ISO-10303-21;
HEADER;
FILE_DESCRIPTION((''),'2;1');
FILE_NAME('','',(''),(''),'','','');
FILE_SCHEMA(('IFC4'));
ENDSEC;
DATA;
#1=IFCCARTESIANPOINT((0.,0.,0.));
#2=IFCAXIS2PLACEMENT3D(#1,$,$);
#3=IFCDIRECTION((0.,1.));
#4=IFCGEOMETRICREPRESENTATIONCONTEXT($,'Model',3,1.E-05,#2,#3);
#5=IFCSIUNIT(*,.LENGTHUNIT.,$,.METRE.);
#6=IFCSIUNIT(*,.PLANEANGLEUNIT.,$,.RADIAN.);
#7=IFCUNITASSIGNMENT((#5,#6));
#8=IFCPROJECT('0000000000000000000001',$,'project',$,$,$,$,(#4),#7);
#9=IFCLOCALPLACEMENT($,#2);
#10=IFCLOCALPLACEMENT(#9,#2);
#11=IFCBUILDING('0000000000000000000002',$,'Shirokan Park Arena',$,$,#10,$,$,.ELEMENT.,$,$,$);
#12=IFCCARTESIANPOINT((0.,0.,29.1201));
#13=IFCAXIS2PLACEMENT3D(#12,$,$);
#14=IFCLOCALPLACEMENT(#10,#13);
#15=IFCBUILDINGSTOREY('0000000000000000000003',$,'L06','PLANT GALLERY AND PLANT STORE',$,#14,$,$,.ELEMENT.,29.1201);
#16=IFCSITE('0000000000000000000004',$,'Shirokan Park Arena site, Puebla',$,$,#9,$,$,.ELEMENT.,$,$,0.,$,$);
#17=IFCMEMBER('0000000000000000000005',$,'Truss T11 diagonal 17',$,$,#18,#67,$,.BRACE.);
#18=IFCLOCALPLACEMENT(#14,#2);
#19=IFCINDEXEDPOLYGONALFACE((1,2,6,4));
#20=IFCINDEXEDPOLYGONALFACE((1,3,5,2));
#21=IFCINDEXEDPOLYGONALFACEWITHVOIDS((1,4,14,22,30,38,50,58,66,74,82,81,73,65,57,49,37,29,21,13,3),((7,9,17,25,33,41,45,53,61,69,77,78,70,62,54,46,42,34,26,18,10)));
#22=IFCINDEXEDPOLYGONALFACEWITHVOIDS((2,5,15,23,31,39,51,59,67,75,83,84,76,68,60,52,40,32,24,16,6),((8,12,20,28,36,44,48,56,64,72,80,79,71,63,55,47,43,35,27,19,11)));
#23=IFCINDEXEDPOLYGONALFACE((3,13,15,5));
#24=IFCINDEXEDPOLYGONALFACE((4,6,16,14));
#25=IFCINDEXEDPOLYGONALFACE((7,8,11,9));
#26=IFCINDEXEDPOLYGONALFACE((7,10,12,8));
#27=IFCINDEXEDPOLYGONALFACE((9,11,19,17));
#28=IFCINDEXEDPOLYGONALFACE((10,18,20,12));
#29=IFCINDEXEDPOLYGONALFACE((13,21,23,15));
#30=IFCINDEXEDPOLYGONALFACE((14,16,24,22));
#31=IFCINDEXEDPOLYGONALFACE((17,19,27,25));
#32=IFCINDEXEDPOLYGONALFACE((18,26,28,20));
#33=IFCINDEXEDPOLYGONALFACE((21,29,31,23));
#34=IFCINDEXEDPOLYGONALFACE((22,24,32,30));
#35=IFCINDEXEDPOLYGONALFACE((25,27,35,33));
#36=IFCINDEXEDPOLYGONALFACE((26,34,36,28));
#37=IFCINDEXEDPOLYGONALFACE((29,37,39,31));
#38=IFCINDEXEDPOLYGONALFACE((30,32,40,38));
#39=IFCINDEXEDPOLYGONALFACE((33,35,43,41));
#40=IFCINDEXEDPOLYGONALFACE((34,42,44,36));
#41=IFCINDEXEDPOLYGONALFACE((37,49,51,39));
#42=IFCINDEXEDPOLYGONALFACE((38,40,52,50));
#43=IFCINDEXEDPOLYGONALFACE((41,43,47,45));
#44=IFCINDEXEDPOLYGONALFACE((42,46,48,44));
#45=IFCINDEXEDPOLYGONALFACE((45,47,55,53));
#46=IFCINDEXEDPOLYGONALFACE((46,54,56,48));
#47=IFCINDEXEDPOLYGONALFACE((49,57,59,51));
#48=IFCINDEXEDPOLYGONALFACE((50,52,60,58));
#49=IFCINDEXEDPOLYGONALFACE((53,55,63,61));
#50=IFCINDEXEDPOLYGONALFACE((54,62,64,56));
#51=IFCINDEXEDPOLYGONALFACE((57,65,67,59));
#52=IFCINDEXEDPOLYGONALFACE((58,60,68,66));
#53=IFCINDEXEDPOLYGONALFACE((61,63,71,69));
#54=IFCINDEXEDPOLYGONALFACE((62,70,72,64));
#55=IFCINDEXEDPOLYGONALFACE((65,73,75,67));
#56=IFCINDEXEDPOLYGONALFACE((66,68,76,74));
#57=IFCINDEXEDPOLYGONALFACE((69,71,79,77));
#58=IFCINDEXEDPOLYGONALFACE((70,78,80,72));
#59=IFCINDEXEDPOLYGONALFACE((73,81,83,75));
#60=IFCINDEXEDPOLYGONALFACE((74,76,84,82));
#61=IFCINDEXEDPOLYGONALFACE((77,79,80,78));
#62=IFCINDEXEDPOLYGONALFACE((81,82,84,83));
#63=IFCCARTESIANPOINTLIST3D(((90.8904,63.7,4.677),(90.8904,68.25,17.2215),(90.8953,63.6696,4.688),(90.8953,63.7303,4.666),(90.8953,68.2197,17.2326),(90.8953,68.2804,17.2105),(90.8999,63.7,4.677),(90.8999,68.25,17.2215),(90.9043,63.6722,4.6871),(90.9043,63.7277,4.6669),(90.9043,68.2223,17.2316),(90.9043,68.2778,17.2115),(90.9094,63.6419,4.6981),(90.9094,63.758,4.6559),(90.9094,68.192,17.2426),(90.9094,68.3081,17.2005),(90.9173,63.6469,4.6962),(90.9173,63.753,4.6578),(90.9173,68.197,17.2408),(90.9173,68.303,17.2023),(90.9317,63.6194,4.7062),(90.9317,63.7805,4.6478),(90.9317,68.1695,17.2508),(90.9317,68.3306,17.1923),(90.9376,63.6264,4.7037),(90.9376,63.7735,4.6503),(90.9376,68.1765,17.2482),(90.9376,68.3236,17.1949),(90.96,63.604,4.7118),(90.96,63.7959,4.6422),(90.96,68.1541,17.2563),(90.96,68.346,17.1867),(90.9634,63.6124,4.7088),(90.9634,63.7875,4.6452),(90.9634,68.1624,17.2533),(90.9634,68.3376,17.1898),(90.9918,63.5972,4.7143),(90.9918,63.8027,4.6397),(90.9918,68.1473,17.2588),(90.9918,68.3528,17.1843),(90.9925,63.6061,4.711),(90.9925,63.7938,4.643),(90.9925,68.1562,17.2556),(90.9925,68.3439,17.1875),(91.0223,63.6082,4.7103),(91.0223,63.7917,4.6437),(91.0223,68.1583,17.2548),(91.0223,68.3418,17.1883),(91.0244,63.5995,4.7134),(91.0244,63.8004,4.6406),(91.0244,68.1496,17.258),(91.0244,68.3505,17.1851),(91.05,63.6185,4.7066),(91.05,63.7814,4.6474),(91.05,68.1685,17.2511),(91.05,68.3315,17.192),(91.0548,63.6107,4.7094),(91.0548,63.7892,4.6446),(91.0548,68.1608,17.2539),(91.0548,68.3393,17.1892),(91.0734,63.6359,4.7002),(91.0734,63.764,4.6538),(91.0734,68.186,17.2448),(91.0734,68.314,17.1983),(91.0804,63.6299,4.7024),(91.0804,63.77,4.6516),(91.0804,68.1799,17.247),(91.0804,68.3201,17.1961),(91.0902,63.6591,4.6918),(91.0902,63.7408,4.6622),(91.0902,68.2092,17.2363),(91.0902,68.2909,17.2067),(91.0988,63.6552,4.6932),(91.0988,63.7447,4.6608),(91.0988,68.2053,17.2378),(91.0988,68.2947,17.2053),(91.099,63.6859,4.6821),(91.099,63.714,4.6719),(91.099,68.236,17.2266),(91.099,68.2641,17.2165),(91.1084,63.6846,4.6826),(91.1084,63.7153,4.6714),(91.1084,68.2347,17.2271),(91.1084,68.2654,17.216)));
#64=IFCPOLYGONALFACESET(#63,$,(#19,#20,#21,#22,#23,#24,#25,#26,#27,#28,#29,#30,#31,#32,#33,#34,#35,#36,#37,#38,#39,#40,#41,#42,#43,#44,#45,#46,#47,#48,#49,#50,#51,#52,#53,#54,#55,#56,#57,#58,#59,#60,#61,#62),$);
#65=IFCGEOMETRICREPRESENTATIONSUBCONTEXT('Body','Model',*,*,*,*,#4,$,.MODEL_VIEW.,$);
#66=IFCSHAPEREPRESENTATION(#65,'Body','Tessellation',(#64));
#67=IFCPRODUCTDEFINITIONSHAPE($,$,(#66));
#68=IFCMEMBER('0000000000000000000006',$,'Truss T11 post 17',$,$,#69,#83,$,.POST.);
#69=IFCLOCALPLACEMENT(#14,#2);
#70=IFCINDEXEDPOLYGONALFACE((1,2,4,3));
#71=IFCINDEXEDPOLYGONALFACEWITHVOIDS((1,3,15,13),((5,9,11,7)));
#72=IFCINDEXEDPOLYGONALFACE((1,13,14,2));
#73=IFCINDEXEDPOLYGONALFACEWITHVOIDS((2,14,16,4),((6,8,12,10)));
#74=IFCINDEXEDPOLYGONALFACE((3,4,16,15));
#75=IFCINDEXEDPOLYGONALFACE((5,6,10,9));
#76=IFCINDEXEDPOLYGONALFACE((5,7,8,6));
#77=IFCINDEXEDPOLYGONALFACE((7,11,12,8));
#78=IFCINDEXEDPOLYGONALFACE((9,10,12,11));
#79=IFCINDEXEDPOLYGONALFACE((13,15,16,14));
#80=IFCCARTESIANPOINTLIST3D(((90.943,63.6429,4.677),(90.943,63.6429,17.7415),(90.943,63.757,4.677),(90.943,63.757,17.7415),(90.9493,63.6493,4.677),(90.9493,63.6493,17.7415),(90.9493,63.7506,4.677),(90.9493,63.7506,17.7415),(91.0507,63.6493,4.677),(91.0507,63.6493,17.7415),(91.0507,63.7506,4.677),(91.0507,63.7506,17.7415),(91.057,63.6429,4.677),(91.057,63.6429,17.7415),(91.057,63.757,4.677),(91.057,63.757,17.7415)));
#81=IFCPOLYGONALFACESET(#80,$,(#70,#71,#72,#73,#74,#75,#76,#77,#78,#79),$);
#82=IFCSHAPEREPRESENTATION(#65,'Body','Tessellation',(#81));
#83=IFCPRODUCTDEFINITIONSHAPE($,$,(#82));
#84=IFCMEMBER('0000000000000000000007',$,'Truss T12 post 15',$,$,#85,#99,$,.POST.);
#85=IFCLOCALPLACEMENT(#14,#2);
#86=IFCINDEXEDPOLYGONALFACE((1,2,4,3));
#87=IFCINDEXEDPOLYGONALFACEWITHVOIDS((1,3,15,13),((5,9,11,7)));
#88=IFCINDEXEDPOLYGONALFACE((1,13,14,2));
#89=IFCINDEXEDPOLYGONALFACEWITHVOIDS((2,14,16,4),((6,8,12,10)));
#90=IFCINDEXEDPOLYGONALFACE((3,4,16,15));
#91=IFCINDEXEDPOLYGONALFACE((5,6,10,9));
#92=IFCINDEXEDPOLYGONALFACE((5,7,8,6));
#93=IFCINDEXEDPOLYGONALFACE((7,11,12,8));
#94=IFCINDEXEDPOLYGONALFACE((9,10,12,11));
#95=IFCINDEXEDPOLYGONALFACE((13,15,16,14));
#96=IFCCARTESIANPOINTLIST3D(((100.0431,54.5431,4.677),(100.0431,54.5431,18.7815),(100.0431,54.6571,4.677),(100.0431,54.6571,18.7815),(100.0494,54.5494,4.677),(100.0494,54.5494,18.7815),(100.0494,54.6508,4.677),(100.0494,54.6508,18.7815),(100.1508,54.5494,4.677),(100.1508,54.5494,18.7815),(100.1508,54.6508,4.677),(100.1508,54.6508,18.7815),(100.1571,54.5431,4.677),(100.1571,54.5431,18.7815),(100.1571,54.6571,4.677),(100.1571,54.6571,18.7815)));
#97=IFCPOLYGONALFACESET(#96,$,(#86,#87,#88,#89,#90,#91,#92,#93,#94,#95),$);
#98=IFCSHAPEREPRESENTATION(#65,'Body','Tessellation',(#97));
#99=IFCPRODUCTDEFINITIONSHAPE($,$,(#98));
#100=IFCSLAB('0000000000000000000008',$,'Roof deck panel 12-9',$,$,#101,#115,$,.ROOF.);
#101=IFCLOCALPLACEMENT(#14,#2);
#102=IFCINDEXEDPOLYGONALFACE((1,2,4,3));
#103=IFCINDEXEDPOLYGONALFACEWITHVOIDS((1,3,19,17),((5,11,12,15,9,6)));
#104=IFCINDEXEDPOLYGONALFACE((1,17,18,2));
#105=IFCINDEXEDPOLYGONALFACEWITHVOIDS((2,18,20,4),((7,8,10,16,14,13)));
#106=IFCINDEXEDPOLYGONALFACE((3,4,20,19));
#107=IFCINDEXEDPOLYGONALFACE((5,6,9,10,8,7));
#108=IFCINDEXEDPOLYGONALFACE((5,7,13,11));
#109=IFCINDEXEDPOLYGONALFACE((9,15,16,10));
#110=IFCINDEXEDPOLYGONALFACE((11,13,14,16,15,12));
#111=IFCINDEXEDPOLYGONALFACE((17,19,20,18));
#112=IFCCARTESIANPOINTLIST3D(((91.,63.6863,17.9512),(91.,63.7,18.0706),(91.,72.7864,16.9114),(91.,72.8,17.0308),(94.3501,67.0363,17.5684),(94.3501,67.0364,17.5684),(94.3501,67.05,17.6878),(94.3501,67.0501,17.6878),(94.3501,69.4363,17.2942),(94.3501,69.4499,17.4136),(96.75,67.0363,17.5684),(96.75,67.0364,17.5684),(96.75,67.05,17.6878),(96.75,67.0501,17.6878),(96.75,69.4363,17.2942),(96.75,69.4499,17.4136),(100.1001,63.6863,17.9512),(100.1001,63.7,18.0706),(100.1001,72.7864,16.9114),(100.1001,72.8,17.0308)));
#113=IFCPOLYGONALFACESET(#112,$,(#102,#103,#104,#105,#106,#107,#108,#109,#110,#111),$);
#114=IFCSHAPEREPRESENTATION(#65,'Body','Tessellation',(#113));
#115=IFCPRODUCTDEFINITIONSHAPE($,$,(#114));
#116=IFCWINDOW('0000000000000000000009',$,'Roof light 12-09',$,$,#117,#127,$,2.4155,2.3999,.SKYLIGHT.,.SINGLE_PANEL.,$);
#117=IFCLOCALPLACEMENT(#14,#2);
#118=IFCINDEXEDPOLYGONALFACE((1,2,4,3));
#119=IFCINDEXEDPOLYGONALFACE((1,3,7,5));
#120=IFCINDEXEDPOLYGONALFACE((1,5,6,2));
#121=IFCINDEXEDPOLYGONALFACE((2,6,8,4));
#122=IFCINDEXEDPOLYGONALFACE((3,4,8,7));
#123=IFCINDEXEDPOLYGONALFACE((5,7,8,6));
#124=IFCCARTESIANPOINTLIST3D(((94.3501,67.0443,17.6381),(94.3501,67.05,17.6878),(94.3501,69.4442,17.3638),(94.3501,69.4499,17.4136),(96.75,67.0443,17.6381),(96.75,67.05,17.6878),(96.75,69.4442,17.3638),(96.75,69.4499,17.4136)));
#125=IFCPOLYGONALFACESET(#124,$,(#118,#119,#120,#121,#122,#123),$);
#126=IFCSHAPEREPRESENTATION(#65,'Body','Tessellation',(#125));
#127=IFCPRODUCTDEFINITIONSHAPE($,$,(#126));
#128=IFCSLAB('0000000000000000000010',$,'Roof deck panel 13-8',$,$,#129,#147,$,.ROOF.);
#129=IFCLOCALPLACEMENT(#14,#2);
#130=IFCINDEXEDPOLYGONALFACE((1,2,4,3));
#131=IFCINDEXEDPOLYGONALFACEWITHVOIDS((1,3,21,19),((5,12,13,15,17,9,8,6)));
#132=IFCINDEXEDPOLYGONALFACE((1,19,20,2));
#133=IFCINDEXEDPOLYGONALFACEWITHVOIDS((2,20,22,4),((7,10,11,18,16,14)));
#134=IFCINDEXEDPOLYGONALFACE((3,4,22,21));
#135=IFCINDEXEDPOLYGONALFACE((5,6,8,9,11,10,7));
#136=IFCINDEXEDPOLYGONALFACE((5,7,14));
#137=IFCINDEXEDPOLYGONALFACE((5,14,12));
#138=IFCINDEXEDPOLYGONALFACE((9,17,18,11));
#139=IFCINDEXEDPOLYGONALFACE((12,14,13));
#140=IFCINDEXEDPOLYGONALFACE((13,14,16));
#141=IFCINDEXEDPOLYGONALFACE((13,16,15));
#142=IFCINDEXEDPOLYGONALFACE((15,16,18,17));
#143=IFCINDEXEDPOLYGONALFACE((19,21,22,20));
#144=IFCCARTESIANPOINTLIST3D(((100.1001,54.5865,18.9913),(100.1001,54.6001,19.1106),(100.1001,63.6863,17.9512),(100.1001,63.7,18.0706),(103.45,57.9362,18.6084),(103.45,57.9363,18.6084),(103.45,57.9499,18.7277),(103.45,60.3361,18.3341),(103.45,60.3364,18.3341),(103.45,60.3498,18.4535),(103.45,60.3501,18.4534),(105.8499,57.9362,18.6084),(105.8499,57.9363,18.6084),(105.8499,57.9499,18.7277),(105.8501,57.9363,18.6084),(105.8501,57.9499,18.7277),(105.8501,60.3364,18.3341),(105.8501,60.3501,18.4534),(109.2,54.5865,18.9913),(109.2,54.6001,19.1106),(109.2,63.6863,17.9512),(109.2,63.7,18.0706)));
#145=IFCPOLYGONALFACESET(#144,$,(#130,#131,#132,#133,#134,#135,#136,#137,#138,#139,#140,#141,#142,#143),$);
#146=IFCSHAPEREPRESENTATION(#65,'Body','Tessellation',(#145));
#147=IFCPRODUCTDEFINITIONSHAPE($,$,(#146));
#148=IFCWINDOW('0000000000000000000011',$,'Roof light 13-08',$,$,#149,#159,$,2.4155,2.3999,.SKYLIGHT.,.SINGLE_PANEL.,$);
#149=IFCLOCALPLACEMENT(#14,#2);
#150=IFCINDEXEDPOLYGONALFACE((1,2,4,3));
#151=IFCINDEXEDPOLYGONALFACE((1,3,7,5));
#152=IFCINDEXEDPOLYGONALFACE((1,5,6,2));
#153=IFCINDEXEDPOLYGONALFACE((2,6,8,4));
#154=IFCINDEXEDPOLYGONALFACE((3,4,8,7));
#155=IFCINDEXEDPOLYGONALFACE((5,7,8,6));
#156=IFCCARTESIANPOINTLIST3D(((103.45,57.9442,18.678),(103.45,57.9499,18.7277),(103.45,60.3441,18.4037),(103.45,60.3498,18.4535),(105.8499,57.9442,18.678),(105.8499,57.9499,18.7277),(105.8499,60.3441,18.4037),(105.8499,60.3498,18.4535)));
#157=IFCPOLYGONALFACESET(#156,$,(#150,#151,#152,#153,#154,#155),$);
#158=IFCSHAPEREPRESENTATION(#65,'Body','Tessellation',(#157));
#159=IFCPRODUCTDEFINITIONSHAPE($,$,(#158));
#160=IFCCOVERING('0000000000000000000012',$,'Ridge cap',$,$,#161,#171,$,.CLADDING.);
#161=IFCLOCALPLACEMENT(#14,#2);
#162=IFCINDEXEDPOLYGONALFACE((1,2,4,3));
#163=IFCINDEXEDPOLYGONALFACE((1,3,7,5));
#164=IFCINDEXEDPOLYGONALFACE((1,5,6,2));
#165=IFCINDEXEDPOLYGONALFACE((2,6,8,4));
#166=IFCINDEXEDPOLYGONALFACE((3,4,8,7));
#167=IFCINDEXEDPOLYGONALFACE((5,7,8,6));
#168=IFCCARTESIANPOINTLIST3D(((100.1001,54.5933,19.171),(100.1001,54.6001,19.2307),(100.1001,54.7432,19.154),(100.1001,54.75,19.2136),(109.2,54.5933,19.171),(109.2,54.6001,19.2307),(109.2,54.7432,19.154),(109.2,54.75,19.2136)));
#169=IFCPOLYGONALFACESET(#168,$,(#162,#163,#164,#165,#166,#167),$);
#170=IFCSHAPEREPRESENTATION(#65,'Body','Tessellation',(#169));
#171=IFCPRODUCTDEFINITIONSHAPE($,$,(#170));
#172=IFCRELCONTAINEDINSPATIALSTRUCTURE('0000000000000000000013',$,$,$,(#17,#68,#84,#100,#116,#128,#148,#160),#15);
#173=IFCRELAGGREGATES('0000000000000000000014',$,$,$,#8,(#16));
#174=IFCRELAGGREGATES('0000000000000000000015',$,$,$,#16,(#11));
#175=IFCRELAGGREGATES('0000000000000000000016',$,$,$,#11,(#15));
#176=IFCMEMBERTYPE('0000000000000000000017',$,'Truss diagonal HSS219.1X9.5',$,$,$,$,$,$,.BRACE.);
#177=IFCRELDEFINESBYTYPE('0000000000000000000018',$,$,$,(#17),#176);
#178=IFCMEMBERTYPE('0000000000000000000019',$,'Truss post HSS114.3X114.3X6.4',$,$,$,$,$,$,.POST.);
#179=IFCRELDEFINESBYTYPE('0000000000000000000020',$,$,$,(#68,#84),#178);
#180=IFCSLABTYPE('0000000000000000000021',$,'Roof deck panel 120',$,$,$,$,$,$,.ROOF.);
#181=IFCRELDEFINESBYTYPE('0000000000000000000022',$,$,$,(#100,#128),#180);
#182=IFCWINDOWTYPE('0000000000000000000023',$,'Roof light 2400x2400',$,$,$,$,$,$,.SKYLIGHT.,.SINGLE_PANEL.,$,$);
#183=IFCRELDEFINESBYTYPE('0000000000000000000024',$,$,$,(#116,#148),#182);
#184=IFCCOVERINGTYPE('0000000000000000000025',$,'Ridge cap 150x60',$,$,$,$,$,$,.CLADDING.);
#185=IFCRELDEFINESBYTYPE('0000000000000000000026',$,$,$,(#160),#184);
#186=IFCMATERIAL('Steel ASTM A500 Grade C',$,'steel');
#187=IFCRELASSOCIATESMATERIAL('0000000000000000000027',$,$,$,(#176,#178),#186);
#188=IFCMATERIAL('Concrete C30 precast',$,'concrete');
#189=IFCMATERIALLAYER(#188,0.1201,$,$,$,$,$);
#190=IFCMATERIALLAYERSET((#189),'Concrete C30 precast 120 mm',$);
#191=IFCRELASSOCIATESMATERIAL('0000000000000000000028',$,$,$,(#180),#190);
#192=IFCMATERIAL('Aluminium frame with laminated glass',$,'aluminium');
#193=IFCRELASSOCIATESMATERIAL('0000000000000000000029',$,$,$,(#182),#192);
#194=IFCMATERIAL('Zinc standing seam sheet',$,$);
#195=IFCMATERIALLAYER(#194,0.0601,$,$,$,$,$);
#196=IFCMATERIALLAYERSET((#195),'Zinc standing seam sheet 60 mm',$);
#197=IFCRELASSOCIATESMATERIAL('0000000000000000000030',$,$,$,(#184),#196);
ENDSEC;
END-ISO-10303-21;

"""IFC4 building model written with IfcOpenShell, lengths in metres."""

from ifc_helpers import new_model, si_unit, direction, frame, origin, origin_2d, place, context, subcontext, project, spatial, polyline, rectangle, hollow_rectangle, hollow_circle, outline, extrude, material, layer, layer_set, material_profile, profile_set, type_object, element, fill, save


model = new_model("IFC4")

# Units and contexts
model_context = context("Model", 3, precision=1e-05, world=origin(), true_north=direction((0.0, 1.0)))
body_context = subcontext(model_context, "Body", "Model", "MODEL_VIEW")
ifc_project = project(units=[si_unit("LENGTHUNIT", "METRE"), si_unit("PLANEANGLEUNIT", "RADIAN")], contexts=[model_context])

# Site, building, storey
site_placement = place(None, origin())
site = spatial("IfcSite", under=ifc_project, at=site_placement, Name="Shirokan Park Arena site, Puebla", CompositionType="ELEMENT", RefElevation=0.0)
building_placement = place(site_placement, origin())
building = spatial("IfcBuilding", under=site, at=building_placement, Name="Shirokan Park Arena", CompositionType="ELEMENT")
storey_placement = place(building_placement, frame((0.0, 0.0, 29.1201)))
storey = spatial("IfcBuildingStorey", under=building, at=storey_placement, Name="L06", Description="PLANT GALLERY AND PLANT STORE", CompositionType="ELEMENT", Elevation=29.1201)

# Members
ifc_material_1 = material(Name="Steel ASTM A500 Grade C", Category="steel")
ifc_material_profile_1 = material_profile(ifc_material_1, hollow_circle(Radius=0.1096, WallThickness=0.0095, at=origin_2d()), Name="HSS219.1X9.5")
ifc_profile_set_1 = profile_set([ifc_material_profile_1], Name="Steel ASTM A500 Grade C")
member_type_1 = type_object("IfcMemberType", Name="Truss diagonal HSS219.1X9.5", PredefinedType="BRACE", material=ifc_profile_set_1)
member_1_placement = place(storey_placement, frame((91.0, 63.7, 4.677), z_axis=(0.0, 0.340978, 0.940071), x_axis=(-1.0, 0.0, 0.0)))
element("IfcMember", 1, at=member_1_placement, inside=storey, type_object=member_type_1, Name="Truss T11 diagonal 17", PredefinedType="BRACE", context=body_context, shape_type="SweptSolid", body=[
    extrude(hollow_circle(Radius=0.1096, WallThickness=0.0095, at=origin_2d()), origin(), (0.0, 0.0, 1.0), 13.3442),
])
ifc_material_profile_2 = material_profile(ifc_material_1, hollow_rectangle(XDim=0.114, YDim=0.114, WallThickness=0.0063, at=origin_2d()), Name="HSS114.3X114.3X6.4")
ifc_profile_set_2 = profile_set([ifc_material_profile_2], Name="Steel ASTM A500 Grade C")
member_type_2 = type_object("IfcMemberType", Name="Truss post HSS114.3X114.3X6.4", PredefinedType="POST", material=ifc_profile_set_2)
member_2_placement = place(storey_placement, frame((91.0, 63.7, 4.677), z_axis=(0.0, 0.0, 1.0), x_axis=(1.0, 0.0, 0.0)))
element("IfcMember", 2, at=member_2_placement, inside=storey, type_object=member_type_2, Name="Truss T11 post 17", PredefinedType="POST", context=body_context, shape_type="SweptSolid", body=[
    extrude(hollow_rectangle(XDim=0.114, YDim=0.114, WallThickness=0.0063, at=origin_2d()), origin(), (0.0, 0.0, 1.0), 13.0645),
])
member_3_placement = place(storey_placement, frame((100.1001, 54.6001, 4.677), z_axis=(0.0, 0.0, 1.0), x_axis=(1.0, 0.0, 0.0)))
element("IfcMember", 3, at=member_3_placement, inside=storey, type_object=member_type_2, Name="Truss T12 post 15", PredefinedType="POST", context=body_context, shape_type="SweptSolid", body=[
    extrude(hollow_rectangle(XDim=0.114, YDim=0.114, WallThickness=0.0063, at=origin_2d()), origin(), (0.0, 0.0, 1.0), 14.1045),
])

# Slabs, openings, windows
ifc_material_2 = material(Name="Concrete C30 precast", Category="concrete")
ifc_layer_1 = layer(ifc_material_2, 0.1201)
ifc_layer_set_1 = layer_set([ifc_layer_1], Name="Concrete C30 precast 120 mm")
slab_type = type_object("IfcSlabType", Name="Roof deck panel 120", PredefinedType="ROOF", material=ifc_layer_set_1)
slab_1_placement = place(storey_placement, frame((91.0, 63.7, 18.0706), z_axis=(0.0, 0.113523, 0.993535), x_axis=(1.0, 0.0, 0.0)))
slab_1 = element("IfcSlab", 4, at=slab_1_placement, inside=storey, type_object=slab_type, Name="Roof deck panel 12-9", PredefinedType="ROOF", context=body_context, shape_type="SweptSolid", body=[
    extrude(outline(polyline([(0.0, 0.0), (9.1001, 0.0), (9.1001, 9.1593), (0.0, 9.1593), (0.0, 0.0)]), holes=[polyline([(3.3501, 3.3719), (5.75, 3.3719), (5.75, 5.7874), (3.3501, 5.7874), (3.3501, 3.3719)])]), origin(), (0.0, 0.0, -1.0), 0.1201),
])
opening_1_placement = place(slab_1_placement, frame((4.55, 4.5796, 0.01)))
opening_1 = element("IfcOpeningElement", 5, at=opening_1_placement, cuts=slab_1, PredefinedType="OPENING", context=body_context, shape_type="SweptSolid", body=[
    extrude(rectangle(XDim=2.3999, YDim=2.4155, at=origin_2d()), origin(), (0.0, 0.0, -1.0), 0.1399),
])
ifc_material_3 = material(Name="Aluminium frame with laminated glass", Category="aluminium")
window_type = type_object("IfcWindowType", Name="Roof light 2400x2400", PartitioningType="SINGLE_PANEL", PredefinedType="SKYLIGHT", material=ifc_material_3)
window_1_placement = place(opening_1_placement, frame((0.0, 0.0, -0.0601)))
window_1 = element("IfcWindow", 6, at=window_1_placement, inside=storey, type_object=window_type, Name="Roof light 12-09", OverallHeight=2.4155, OverallWidth=2.3999, PartitioningType="SINGLE_PANEL", PredefinedType="SKYLIGHT", context=body_context, shape_type="SweptSolid", body=[
    extrude(rectangle(XDim=2.3999, YDim=2.4155, at=origin_2d()), origin(), (0.0, 0.0, 1.0), 0.05),
])
fill(opening_1, window_1)
slab_2_placement = place(storey_placement, frame((100.1001, 54.6001, 19.1106), z_axis=(0.0, 0.113553, 0.993532), x_axis=(1.0, 0.0, 0.0)))
slab_2 = element("IfcSlab", 7, at=slab_2_placement, inside=storey, type_object=slab_type, Name="Roof deck panel 13-8", PredefinedType="ROOF", context=body_context, shape_type="SweptSolid", body=[
    extrude(outline(polyline([(0.0, 0.0), (9.0999, 0.0), (9.0999, 9.1591), (0.0, 9.1591), (0.0, 0.0)]), holes=[polyline([(3.3499, 3.3717), (5.75, 3.3717), (5.75, 5.7874), (3.3499, 5.7874), (3.3499, 3.3717)])]), origin(), (0.0, 0.0, -1.0), 0.1201),
])
opening_2_placement = place(slab_2_placement, frame((4.5498, 4.5793, 0.01)))
opening_2 = element("IfcOpeningElement", 8, at=opening_2_placement, cuts=slab_2, PredefinedType="OPENING", context=body_context, shape_type="SweptSolid", body=[
    extrude(rectangle(XDim=2.3999, YDim=2.4155, at=origin_2d()), origin(), (0.0, 0.0, -1.0), 0.1399),
])
window_2_placement = place(opening_2_placement, frame((0.0, 0.0, -0.0601)))
window_2 = element("IfcWindow", 9, at=window_2_placement, inside=storey, type_object=window_type, Name="Roof light 13-08", OverallHeight=2.4155, OverallWidth=2.3999, PartitioningType="SINGLE_PANEL", PredefinedType="SKYLIGHT", context=body_context, shape_type="SweptSolid", body=[
    extrude(rectangle(XDim=2.3999, YDim=2.4155, at=origin_2d()), origin(), (0.0, 0.0, 1.0), 0.05),
])
fill(opening_2, window_2)

# Covering
ifc_material_4 = material(Name="Zinc standing seam sheet")
ifc_layer_2 = layer(ifc_material_4, 0.0601)
ifc_layer_set_2 = layer_set([ifc_layer_2], Name="Zinc standing seam sheet 60 mm")
covering_type_1 = type_object("IfcCoveringType", Name="Ridge cap 150x60", PredefinedType="CLADDING", material=ifc_layer_set_2)
covering_1_placement = place(storey_placement, frame((100.1001, 54.6001, 19.2307), z_axis=(0.0, 0.113273, 0.993564), x_axis=(1.0, 0.0, 0.0)))
element("IfcCovering", 10, at=covering_1_placement, inside=storey, type_object=covering_type_1, Name="Ridge cap", PredefinedType="CLADDING", context=body_context, shape_type="SweptSolid", body=[
    extrude(outline(polyline([(0.0, 0.0), (9.0999, 0.0), (9.0999, 0.1509), (0.0, 0.1509), (0.0, 0.0)])), origin(), (0.0, 0.0, -1.0), 0.0601),
])

save(model, "model.ifc")
